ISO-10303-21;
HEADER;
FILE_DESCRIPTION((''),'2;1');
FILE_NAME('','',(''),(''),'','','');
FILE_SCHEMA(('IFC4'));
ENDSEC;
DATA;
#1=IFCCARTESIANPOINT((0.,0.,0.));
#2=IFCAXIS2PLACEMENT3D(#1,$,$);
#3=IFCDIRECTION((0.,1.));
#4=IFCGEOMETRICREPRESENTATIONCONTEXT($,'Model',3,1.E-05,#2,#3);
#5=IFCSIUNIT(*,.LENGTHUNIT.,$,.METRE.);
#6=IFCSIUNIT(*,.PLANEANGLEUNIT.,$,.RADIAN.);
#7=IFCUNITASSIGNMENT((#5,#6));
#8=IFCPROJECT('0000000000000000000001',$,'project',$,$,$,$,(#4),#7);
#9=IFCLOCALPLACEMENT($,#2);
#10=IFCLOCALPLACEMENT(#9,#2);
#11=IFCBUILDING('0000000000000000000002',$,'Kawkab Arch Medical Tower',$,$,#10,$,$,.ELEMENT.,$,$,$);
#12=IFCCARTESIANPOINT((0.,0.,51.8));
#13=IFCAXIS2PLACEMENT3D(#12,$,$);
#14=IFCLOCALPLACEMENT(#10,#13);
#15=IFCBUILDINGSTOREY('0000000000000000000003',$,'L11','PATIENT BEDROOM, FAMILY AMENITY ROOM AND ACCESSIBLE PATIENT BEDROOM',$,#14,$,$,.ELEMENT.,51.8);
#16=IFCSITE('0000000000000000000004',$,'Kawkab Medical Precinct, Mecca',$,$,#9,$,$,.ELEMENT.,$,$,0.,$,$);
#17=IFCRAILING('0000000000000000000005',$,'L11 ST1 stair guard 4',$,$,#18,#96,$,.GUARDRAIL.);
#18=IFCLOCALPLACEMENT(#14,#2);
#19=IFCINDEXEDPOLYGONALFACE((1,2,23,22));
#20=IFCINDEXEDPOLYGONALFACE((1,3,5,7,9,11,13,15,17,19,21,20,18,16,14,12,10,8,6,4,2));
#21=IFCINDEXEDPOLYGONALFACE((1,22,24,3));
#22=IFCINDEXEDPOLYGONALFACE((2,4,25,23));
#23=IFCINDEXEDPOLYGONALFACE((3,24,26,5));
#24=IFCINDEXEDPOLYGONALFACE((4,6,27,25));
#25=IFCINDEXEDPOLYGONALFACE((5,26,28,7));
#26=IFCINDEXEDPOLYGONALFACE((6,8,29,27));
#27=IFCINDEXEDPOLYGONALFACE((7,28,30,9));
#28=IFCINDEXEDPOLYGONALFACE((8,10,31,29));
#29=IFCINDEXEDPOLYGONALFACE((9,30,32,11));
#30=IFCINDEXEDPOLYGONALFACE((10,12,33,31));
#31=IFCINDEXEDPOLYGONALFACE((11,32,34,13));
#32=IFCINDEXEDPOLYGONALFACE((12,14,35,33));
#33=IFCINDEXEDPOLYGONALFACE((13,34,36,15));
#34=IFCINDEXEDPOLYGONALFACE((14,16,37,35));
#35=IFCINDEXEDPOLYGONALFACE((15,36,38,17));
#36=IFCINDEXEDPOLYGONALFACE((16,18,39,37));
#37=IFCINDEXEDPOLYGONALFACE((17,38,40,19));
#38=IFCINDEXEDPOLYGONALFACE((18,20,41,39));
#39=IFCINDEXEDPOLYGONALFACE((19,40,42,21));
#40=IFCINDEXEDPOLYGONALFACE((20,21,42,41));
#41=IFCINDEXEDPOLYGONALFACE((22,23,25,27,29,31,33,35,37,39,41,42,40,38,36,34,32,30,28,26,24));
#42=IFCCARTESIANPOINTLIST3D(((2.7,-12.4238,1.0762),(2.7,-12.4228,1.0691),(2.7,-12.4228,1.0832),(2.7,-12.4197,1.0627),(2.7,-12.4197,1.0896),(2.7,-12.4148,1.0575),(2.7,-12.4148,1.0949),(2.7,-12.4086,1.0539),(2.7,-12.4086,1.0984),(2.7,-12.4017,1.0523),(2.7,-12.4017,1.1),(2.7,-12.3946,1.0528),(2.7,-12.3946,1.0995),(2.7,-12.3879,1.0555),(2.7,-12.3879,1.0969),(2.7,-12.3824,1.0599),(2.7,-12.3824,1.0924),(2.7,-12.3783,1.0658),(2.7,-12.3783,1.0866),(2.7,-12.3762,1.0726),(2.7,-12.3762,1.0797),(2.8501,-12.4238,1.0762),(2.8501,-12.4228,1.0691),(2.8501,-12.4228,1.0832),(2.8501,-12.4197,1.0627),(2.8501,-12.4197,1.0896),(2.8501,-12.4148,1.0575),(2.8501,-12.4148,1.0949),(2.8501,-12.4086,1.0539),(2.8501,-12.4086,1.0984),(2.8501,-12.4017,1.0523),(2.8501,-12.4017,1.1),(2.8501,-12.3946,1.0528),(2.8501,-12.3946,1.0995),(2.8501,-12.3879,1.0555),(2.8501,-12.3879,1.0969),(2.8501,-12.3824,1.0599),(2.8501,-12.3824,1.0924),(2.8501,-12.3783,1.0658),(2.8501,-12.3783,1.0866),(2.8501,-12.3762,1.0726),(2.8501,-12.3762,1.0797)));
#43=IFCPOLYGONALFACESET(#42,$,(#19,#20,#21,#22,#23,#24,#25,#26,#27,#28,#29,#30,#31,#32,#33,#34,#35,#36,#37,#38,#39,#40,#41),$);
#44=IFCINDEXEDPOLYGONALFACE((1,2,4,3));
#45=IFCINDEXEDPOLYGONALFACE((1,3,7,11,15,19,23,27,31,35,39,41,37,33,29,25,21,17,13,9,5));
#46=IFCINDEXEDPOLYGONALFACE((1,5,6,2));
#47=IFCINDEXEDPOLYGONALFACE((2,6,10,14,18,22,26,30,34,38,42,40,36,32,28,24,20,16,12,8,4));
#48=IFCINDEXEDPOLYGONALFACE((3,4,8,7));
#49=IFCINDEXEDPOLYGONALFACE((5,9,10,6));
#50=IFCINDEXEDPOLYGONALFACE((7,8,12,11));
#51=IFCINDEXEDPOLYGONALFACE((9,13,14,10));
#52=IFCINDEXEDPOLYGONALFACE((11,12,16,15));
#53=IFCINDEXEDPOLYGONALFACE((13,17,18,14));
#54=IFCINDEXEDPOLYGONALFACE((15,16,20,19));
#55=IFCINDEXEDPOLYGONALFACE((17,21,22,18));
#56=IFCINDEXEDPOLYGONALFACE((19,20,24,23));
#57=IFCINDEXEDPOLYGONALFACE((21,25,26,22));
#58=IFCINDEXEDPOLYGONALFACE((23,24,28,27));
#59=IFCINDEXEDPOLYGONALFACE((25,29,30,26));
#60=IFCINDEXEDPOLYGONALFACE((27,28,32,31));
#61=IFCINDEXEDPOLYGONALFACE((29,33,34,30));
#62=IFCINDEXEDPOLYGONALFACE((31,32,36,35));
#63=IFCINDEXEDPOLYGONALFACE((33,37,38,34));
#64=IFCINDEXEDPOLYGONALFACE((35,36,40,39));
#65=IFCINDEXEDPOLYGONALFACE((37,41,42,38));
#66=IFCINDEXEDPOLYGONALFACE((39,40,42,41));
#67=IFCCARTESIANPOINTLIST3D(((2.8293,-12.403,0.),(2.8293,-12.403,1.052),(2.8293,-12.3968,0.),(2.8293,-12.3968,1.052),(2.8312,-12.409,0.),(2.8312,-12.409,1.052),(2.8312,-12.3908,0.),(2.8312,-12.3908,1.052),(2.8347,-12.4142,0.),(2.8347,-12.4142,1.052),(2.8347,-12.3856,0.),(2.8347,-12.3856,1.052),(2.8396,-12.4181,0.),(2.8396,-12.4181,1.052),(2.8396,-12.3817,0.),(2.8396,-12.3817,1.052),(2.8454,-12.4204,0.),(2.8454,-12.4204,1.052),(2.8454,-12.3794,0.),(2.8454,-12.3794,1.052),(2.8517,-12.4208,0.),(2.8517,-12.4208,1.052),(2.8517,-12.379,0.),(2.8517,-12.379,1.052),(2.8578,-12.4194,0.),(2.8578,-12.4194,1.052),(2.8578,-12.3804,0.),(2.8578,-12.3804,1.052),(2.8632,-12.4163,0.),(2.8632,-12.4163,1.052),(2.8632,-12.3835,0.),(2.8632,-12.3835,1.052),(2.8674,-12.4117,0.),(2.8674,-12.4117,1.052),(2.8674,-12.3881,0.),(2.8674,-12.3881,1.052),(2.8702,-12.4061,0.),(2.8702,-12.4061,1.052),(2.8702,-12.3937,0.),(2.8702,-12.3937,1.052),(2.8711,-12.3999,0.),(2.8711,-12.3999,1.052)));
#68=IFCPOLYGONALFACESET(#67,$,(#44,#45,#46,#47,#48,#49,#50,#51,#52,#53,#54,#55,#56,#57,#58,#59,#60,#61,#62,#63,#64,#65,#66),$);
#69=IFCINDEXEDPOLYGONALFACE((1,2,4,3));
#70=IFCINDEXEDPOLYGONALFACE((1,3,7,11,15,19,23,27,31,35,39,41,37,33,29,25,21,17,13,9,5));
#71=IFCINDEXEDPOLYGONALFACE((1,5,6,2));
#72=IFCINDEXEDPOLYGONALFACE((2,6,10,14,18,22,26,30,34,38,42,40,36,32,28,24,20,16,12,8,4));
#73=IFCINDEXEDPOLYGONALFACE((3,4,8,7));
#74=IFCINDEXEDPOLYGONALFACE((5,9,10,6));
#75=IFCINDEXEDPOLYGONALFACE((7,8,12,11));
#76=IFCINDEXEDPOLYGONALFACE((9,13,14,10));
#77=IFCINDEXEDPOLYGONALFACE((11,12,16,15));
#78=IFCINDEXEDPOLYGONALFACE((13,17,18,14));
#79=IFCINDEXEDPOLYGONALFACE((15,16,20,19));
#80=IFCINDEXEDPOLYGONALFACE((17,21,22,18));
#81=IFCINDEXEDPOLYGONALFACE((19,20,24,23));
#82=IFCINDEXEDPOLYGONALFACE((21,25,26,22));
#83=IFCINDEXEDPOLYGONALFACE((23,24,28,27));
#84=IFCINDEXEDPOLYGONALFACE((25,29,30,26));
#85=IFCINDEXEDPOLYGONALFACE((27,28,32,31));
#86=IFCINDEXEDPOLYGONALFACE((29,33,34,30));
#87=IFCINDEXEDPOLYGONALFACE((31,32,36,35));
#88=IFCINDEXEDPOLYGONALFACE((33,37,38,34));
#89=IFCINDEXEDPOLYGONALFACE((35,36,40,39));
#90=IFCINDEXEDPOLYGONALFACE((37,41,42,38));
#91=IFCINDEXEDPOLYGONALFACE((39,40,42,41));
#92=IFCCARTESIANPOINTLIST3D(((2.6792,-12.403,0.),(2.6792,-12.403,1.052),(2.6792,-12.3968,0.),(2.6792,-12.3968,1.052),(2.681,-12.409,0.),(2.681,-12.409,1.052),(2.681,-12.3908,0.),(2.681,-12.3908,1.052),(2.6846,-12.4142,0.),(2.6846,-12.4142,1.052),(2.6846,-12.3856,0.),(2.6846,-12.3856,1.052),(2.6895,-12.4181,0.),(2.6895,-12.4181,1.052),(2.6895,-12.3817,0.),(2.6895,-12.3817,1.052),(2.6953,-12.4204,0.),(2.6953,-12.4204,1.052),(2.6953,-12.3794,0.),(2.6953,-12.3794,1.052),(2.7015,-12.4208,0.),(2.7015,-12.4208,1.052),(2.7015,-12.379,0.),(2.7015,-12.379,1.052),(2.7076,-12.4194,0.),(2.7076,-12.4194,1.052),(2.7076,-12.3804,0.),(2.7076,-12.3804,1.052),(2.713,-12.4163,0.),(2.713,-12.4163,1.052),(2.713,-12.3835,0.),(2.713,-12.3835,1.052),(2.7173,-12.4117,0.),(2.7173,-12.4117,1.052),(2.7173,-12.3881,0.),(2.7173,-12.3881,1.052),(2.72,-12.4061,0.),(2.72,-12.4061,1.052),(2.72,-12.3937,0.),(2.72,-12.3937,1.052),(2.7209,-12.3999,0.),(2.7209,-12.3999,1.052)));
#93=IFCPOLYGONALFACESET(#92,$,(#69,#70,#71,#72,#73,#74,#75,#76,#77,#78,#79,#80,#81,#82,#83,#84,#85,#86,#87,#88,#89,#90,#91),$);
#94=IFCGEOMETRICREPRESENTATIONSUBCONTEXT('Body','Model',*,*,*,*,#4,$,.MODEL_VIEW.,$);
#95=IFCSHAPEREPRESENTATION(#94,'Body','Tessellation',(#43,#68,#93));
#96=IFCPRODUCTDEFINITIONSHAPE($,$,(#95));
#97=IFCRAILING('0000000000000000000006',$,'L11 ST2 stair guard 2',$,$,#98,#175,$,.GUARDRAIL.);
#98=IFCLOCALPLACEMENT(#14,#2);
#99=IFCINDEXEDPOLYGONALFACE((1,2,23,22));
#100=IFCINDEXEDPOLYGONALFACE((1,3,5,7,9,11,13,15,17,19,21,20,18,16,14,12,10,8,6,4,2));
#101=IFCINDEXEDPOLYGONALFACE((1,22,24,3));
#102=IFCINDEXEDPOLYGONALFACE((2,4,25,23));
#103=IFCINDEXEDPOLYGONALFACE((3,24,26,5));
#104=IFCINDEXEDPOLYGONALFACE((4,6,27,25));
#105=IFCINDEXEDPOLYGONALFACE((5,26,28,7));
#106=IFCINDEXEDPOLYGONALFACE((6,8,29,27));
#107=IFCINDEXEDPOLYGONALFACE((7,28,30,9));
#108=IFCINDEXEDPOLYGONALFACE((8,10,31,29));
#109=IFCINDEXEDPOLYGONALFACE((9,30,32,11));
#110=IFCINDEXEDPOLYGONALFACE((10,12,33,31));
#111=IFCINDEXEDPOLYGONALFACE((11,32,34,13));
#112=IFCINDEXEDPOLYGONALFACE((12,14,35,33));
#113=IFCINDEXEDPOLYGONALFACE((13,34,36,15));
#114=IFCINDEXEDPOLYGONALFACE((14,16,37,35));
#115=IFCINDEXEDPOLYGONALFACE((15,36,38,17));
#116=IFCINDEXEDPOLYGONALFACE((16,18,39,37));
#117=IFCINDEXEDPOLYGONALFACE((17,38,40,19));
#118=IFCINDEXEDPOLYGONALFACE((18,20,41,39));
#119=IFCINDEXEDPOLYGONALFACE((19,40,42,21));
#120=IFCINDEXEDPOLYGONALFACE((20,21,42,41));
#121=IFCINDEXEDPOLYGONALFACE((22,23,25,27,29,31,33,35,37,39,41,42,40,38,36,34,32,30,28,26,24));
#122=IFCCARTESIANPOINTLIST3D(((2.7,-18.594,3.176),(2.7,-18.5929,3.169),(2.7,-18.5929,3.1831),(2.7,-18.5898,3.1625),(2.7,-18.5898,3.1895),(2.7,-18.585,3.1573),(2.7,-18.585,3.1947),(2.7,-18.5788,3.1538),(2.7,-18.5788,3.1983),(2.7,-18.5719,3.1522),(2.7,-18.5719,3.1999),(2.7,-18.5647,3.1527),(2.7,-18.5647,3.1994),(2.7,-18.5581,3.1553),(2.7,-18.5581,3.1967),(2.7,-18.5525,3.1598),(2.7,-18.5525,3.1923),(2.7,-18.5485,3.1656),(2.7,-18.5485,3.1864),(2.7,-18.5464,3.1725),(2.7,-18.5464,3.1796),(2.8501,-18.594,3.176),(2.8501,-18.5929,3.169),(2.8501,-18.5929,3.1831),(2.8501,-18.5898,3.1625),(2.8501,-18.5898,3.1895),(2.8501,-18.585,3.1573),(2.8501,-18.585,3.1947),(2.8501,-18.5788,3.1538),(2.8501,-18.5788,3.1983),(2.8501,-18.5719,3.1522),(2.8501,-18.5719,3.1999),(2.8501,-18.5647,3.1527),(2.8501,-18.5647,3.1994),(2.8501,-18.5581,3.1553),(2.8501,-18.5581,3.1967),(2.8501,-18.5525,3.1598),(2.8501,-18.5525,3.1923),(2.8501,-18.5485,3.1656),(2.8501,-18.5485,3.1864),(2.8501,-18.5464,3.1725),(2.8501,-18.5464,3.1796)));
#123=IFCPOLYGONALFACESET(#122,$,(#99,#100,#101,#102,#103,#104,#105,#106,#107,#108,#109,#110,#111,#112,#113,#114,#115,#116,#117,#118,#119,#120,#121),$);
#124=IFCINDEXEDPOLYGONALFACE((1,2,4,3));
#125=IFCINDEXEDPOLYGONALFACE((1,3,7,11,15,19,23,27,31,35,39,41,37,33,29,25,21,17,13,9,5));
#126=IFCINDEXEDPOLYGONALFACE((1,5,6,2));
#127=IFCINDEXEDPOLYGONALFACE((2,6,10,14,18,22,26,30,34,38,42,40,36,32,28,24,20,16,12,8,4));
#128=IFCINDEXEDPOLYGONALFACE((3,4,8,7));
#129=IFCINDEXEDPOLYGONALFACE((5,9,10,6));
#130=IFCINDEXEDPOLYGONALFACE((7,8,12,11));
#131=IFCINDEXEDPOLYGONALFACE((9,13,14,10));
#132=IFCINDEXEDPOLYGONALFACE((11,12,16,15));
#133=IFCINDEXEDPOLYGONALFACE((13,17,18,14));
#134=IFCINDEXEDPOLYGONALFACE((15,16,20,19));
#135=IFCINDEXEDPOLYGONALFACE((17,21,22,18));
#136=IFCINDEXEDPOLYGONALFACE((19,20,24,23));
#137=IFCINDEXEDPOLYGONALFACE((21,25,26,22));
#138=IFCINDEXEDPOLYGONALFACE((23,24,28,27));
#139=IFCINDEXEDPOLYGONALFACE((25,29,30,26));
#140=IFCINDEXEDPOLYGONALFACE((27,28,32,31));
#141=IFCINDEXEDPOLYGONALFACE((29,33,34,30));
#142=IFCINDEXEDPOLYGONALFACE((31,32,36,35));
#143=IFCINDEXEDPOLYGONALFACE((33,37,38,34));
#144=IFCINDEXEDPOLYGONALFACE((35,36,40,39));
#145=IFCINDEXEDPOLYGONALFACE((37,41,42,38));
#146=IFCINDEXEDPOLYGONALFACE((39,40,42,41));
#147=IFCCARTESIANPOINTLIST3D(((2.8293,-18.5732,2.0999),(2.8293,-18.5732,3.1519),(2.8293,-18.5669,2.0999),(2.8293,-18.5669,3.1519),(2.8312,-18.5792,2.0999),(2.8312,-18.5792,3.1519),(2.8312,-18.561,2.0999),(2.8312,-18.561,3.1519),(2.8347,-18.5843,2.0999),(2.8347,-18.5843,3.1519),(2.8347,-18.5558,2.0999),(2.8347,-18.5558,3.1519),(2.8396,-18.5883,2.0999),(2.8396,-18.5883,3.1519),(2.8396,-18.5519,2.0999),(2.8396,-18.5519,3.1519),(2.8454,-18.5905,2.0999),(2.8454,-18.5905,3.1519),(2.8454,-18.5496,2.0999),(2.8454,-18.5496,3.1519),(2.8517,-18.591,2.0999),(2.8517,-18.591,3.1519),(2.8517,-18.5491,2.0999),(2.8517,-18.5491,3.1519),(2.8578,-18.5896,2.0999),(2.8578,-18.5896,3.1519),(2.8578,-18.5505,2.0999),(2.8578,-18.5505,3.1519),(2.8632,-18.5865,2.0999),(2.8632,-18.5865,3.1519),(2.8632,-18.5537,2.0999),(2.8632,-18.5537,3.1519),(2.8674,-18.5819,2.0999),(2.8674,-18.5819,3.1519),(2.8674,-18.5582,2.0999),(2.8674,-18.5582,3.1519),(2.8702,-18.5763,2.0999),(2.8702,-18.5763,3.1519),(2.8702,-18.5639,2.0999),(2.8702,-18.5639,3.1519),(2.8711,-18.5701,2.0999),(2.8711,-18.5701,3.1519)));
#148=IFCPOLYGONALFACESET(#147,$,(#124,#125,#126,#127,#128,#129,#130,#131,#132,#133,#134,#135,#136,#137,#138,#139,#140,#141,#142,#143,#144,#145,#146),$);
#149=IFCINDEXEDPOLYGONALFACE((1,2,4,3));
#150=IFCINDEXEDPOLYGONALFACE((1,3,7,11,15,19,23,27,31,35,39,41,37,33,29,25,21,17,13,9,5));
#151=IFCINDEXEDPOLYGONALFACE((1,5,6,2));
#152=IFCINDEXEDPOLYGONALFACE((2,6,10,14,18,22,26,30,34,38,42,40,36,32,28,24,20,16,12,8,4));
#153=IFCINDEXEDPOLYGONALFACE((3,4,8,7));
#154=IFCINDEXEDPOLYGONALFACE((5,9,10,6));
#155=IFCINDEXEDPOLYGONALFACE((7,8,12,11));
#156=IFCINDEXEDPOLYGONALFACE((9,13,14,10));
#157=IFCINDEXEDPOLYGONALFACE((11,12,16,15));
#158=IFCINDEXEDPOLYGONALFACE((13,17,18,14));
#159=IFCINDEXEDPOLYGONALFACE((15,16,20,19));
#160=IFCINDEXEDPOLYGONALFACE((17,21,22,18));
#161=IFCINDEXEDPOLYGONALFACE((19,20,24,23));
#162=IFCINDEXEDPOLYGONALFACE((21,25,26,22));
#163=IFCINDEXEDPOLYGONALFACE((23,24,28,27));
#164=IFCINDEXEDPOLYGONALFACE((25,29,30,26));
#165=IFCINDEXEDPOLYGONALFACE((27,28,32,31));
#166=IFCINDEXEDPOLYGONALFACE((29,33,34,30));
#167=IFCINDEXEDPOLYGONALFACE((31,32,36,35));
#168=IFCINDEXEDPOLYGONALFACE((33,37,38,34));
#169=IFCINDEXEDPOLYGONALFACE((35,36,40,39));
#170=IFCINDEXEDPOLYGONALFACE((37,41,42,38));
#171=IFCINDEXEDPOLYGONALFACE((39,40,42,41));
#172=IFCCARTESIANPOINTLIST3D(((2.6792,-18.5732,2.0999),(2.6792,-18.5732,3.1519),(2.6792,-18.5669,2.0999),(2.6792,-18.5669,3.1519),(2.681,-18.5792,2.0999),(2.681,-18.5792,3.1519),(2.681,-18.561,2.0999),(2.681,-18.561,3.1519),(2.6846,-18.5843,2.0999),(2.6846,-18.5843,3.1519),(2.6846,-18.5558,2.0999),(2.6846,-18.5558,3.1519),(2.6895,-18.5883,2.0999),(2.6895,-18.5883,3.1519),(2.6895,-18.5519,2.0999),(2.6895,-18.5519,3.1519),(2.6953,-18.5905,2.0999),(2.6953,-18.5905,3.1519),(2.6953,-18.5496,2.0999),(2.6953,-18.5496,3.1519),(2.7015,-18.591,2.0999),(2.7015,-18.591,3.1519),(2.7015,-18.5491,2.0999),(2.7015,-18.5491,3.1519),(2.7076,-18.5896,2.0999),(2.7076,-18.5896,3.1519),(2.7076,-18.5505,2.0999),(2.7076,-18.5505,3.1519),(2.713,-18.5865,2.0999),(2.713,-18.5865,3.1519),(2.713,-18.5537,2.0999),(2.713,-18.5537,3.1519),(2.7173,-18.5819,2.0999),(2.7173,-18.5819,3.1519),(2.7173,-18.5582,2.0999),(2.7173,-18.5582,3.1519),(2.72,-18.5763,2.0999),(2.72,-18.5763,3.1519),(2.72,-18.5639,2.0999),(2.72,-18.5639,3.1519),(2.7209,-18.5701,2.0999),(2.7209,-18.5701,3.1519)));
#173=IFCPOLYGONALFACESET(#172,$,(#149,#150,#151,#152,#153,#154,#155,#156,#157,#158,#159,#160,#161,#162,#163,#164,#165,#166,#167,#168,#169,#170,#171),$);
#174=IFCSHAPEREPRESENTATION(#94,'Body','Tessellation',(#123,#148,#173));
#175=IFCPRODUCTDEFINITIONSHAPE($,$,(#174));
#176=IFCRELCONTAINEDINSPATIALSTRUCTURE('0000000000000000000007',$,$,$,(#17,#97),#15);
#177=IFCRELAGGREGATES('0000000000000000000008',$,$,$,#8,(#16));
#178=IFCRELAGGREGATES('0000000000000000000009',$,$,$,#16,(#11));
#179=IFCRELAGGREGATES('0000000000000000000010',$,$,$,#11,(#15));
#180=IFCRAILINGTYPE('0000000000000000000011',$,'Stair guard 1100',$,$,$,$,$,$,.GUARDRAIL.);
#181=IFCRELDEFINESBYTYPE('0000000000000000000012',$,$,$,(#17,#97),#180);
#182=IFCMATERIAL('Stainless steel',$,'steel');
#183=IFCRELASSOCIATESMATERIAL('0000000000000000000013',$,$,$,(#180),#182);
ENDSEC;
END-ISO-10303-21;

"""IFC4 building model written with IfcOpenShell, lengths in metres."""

from ifc_helpers import new_model, si_unit, direction, frame, origin, origin_2d, place, context, subcontext, project, spatial, circle, extrude, material, type_object, element, save


model = new_model("IFC4")

# Units and contexts
model_context = context("Model", 3, precision=1e-05, world=origin(), true_north=direction((0.0, 1.0)))
body_context = subcontext(model_context, "Body", "Model", "MODEL_VIEW")
ifc_project = project(units=[si_unit("LENGTHUNIT", "METRE"), si_unit("PLANEANGLEUNIT", "RADIAN")], contexts=[model_context])

# Site, building, storey
site_placement = place(None, origin())
site = spatial("IfcSite", under=ifc_project, at=site_placement, Name="Kawkab Medical Precinct, Mecca", CompositionType="ELEMENT", RefElevation=0.0)
building_placement = place(site_placement, origin())
building = spatial("IfcBuilding", under=site, at=building_placement, Name="Kawkab Arch Medical Tower", CompositionType="ELEMENT")
storey_placement = place(building_placement, frame((0.0, 0.0, 51.8)))
storey = spatial("IfcBuildingStorey", under=building, at=storey_placement, Name="L11", Description="PATIENT BEDROOM, FAMILY AMENITY ROOM AND ACCESSIBLE PATIENT BEDROOM", CompositionType="ELEMENT", Elevation=51.8)

# Railings
ifc_material_1 = material(Name="Stainless steel", Category="steel")
railing_type = type_object("IfcRailingType", Name="Stair guard 1100", PredefinedType="GUARDRAIL", material=ifc_material_1)
for number, where, name in (
    (1, (2.8501, -12.3999, 0.0), "L11 ST1 stair guard 4"),
    (2, (2.8501, -18.5701, 2.0999), "L11 ST2 stair guard 2"),
):
    element("IfcRailing", number, at=place(storey_placement, frame(where)), inside=storey, type_object=railing_type, Name=name, PredefinedType="GUARDRAIL", context=body_context, shape_type="SweptSolid", body=[
        extrude(circle(Radius=0.0239, at=origin_2d()), frame((0.0, 0.0, 1.0762), z_axis=(-1.0, 0.0, 0.0), x_axis=(0.0, -1.0, 0.0)), (0.0, 0.0, 1.0), 0.1501),
        extrude(circle(Radius=0.021, at=origin_2d()), origin(), (0.0, 0.0, 1.0), 1.052),
        extrude(circle(Radius=0.021, at=origin_2d()), frame((-0.1501, 0.0, 0.0)), (0.0, 0.0, 1.0), 1.052),
    ])

save(model, "model.ifc")
